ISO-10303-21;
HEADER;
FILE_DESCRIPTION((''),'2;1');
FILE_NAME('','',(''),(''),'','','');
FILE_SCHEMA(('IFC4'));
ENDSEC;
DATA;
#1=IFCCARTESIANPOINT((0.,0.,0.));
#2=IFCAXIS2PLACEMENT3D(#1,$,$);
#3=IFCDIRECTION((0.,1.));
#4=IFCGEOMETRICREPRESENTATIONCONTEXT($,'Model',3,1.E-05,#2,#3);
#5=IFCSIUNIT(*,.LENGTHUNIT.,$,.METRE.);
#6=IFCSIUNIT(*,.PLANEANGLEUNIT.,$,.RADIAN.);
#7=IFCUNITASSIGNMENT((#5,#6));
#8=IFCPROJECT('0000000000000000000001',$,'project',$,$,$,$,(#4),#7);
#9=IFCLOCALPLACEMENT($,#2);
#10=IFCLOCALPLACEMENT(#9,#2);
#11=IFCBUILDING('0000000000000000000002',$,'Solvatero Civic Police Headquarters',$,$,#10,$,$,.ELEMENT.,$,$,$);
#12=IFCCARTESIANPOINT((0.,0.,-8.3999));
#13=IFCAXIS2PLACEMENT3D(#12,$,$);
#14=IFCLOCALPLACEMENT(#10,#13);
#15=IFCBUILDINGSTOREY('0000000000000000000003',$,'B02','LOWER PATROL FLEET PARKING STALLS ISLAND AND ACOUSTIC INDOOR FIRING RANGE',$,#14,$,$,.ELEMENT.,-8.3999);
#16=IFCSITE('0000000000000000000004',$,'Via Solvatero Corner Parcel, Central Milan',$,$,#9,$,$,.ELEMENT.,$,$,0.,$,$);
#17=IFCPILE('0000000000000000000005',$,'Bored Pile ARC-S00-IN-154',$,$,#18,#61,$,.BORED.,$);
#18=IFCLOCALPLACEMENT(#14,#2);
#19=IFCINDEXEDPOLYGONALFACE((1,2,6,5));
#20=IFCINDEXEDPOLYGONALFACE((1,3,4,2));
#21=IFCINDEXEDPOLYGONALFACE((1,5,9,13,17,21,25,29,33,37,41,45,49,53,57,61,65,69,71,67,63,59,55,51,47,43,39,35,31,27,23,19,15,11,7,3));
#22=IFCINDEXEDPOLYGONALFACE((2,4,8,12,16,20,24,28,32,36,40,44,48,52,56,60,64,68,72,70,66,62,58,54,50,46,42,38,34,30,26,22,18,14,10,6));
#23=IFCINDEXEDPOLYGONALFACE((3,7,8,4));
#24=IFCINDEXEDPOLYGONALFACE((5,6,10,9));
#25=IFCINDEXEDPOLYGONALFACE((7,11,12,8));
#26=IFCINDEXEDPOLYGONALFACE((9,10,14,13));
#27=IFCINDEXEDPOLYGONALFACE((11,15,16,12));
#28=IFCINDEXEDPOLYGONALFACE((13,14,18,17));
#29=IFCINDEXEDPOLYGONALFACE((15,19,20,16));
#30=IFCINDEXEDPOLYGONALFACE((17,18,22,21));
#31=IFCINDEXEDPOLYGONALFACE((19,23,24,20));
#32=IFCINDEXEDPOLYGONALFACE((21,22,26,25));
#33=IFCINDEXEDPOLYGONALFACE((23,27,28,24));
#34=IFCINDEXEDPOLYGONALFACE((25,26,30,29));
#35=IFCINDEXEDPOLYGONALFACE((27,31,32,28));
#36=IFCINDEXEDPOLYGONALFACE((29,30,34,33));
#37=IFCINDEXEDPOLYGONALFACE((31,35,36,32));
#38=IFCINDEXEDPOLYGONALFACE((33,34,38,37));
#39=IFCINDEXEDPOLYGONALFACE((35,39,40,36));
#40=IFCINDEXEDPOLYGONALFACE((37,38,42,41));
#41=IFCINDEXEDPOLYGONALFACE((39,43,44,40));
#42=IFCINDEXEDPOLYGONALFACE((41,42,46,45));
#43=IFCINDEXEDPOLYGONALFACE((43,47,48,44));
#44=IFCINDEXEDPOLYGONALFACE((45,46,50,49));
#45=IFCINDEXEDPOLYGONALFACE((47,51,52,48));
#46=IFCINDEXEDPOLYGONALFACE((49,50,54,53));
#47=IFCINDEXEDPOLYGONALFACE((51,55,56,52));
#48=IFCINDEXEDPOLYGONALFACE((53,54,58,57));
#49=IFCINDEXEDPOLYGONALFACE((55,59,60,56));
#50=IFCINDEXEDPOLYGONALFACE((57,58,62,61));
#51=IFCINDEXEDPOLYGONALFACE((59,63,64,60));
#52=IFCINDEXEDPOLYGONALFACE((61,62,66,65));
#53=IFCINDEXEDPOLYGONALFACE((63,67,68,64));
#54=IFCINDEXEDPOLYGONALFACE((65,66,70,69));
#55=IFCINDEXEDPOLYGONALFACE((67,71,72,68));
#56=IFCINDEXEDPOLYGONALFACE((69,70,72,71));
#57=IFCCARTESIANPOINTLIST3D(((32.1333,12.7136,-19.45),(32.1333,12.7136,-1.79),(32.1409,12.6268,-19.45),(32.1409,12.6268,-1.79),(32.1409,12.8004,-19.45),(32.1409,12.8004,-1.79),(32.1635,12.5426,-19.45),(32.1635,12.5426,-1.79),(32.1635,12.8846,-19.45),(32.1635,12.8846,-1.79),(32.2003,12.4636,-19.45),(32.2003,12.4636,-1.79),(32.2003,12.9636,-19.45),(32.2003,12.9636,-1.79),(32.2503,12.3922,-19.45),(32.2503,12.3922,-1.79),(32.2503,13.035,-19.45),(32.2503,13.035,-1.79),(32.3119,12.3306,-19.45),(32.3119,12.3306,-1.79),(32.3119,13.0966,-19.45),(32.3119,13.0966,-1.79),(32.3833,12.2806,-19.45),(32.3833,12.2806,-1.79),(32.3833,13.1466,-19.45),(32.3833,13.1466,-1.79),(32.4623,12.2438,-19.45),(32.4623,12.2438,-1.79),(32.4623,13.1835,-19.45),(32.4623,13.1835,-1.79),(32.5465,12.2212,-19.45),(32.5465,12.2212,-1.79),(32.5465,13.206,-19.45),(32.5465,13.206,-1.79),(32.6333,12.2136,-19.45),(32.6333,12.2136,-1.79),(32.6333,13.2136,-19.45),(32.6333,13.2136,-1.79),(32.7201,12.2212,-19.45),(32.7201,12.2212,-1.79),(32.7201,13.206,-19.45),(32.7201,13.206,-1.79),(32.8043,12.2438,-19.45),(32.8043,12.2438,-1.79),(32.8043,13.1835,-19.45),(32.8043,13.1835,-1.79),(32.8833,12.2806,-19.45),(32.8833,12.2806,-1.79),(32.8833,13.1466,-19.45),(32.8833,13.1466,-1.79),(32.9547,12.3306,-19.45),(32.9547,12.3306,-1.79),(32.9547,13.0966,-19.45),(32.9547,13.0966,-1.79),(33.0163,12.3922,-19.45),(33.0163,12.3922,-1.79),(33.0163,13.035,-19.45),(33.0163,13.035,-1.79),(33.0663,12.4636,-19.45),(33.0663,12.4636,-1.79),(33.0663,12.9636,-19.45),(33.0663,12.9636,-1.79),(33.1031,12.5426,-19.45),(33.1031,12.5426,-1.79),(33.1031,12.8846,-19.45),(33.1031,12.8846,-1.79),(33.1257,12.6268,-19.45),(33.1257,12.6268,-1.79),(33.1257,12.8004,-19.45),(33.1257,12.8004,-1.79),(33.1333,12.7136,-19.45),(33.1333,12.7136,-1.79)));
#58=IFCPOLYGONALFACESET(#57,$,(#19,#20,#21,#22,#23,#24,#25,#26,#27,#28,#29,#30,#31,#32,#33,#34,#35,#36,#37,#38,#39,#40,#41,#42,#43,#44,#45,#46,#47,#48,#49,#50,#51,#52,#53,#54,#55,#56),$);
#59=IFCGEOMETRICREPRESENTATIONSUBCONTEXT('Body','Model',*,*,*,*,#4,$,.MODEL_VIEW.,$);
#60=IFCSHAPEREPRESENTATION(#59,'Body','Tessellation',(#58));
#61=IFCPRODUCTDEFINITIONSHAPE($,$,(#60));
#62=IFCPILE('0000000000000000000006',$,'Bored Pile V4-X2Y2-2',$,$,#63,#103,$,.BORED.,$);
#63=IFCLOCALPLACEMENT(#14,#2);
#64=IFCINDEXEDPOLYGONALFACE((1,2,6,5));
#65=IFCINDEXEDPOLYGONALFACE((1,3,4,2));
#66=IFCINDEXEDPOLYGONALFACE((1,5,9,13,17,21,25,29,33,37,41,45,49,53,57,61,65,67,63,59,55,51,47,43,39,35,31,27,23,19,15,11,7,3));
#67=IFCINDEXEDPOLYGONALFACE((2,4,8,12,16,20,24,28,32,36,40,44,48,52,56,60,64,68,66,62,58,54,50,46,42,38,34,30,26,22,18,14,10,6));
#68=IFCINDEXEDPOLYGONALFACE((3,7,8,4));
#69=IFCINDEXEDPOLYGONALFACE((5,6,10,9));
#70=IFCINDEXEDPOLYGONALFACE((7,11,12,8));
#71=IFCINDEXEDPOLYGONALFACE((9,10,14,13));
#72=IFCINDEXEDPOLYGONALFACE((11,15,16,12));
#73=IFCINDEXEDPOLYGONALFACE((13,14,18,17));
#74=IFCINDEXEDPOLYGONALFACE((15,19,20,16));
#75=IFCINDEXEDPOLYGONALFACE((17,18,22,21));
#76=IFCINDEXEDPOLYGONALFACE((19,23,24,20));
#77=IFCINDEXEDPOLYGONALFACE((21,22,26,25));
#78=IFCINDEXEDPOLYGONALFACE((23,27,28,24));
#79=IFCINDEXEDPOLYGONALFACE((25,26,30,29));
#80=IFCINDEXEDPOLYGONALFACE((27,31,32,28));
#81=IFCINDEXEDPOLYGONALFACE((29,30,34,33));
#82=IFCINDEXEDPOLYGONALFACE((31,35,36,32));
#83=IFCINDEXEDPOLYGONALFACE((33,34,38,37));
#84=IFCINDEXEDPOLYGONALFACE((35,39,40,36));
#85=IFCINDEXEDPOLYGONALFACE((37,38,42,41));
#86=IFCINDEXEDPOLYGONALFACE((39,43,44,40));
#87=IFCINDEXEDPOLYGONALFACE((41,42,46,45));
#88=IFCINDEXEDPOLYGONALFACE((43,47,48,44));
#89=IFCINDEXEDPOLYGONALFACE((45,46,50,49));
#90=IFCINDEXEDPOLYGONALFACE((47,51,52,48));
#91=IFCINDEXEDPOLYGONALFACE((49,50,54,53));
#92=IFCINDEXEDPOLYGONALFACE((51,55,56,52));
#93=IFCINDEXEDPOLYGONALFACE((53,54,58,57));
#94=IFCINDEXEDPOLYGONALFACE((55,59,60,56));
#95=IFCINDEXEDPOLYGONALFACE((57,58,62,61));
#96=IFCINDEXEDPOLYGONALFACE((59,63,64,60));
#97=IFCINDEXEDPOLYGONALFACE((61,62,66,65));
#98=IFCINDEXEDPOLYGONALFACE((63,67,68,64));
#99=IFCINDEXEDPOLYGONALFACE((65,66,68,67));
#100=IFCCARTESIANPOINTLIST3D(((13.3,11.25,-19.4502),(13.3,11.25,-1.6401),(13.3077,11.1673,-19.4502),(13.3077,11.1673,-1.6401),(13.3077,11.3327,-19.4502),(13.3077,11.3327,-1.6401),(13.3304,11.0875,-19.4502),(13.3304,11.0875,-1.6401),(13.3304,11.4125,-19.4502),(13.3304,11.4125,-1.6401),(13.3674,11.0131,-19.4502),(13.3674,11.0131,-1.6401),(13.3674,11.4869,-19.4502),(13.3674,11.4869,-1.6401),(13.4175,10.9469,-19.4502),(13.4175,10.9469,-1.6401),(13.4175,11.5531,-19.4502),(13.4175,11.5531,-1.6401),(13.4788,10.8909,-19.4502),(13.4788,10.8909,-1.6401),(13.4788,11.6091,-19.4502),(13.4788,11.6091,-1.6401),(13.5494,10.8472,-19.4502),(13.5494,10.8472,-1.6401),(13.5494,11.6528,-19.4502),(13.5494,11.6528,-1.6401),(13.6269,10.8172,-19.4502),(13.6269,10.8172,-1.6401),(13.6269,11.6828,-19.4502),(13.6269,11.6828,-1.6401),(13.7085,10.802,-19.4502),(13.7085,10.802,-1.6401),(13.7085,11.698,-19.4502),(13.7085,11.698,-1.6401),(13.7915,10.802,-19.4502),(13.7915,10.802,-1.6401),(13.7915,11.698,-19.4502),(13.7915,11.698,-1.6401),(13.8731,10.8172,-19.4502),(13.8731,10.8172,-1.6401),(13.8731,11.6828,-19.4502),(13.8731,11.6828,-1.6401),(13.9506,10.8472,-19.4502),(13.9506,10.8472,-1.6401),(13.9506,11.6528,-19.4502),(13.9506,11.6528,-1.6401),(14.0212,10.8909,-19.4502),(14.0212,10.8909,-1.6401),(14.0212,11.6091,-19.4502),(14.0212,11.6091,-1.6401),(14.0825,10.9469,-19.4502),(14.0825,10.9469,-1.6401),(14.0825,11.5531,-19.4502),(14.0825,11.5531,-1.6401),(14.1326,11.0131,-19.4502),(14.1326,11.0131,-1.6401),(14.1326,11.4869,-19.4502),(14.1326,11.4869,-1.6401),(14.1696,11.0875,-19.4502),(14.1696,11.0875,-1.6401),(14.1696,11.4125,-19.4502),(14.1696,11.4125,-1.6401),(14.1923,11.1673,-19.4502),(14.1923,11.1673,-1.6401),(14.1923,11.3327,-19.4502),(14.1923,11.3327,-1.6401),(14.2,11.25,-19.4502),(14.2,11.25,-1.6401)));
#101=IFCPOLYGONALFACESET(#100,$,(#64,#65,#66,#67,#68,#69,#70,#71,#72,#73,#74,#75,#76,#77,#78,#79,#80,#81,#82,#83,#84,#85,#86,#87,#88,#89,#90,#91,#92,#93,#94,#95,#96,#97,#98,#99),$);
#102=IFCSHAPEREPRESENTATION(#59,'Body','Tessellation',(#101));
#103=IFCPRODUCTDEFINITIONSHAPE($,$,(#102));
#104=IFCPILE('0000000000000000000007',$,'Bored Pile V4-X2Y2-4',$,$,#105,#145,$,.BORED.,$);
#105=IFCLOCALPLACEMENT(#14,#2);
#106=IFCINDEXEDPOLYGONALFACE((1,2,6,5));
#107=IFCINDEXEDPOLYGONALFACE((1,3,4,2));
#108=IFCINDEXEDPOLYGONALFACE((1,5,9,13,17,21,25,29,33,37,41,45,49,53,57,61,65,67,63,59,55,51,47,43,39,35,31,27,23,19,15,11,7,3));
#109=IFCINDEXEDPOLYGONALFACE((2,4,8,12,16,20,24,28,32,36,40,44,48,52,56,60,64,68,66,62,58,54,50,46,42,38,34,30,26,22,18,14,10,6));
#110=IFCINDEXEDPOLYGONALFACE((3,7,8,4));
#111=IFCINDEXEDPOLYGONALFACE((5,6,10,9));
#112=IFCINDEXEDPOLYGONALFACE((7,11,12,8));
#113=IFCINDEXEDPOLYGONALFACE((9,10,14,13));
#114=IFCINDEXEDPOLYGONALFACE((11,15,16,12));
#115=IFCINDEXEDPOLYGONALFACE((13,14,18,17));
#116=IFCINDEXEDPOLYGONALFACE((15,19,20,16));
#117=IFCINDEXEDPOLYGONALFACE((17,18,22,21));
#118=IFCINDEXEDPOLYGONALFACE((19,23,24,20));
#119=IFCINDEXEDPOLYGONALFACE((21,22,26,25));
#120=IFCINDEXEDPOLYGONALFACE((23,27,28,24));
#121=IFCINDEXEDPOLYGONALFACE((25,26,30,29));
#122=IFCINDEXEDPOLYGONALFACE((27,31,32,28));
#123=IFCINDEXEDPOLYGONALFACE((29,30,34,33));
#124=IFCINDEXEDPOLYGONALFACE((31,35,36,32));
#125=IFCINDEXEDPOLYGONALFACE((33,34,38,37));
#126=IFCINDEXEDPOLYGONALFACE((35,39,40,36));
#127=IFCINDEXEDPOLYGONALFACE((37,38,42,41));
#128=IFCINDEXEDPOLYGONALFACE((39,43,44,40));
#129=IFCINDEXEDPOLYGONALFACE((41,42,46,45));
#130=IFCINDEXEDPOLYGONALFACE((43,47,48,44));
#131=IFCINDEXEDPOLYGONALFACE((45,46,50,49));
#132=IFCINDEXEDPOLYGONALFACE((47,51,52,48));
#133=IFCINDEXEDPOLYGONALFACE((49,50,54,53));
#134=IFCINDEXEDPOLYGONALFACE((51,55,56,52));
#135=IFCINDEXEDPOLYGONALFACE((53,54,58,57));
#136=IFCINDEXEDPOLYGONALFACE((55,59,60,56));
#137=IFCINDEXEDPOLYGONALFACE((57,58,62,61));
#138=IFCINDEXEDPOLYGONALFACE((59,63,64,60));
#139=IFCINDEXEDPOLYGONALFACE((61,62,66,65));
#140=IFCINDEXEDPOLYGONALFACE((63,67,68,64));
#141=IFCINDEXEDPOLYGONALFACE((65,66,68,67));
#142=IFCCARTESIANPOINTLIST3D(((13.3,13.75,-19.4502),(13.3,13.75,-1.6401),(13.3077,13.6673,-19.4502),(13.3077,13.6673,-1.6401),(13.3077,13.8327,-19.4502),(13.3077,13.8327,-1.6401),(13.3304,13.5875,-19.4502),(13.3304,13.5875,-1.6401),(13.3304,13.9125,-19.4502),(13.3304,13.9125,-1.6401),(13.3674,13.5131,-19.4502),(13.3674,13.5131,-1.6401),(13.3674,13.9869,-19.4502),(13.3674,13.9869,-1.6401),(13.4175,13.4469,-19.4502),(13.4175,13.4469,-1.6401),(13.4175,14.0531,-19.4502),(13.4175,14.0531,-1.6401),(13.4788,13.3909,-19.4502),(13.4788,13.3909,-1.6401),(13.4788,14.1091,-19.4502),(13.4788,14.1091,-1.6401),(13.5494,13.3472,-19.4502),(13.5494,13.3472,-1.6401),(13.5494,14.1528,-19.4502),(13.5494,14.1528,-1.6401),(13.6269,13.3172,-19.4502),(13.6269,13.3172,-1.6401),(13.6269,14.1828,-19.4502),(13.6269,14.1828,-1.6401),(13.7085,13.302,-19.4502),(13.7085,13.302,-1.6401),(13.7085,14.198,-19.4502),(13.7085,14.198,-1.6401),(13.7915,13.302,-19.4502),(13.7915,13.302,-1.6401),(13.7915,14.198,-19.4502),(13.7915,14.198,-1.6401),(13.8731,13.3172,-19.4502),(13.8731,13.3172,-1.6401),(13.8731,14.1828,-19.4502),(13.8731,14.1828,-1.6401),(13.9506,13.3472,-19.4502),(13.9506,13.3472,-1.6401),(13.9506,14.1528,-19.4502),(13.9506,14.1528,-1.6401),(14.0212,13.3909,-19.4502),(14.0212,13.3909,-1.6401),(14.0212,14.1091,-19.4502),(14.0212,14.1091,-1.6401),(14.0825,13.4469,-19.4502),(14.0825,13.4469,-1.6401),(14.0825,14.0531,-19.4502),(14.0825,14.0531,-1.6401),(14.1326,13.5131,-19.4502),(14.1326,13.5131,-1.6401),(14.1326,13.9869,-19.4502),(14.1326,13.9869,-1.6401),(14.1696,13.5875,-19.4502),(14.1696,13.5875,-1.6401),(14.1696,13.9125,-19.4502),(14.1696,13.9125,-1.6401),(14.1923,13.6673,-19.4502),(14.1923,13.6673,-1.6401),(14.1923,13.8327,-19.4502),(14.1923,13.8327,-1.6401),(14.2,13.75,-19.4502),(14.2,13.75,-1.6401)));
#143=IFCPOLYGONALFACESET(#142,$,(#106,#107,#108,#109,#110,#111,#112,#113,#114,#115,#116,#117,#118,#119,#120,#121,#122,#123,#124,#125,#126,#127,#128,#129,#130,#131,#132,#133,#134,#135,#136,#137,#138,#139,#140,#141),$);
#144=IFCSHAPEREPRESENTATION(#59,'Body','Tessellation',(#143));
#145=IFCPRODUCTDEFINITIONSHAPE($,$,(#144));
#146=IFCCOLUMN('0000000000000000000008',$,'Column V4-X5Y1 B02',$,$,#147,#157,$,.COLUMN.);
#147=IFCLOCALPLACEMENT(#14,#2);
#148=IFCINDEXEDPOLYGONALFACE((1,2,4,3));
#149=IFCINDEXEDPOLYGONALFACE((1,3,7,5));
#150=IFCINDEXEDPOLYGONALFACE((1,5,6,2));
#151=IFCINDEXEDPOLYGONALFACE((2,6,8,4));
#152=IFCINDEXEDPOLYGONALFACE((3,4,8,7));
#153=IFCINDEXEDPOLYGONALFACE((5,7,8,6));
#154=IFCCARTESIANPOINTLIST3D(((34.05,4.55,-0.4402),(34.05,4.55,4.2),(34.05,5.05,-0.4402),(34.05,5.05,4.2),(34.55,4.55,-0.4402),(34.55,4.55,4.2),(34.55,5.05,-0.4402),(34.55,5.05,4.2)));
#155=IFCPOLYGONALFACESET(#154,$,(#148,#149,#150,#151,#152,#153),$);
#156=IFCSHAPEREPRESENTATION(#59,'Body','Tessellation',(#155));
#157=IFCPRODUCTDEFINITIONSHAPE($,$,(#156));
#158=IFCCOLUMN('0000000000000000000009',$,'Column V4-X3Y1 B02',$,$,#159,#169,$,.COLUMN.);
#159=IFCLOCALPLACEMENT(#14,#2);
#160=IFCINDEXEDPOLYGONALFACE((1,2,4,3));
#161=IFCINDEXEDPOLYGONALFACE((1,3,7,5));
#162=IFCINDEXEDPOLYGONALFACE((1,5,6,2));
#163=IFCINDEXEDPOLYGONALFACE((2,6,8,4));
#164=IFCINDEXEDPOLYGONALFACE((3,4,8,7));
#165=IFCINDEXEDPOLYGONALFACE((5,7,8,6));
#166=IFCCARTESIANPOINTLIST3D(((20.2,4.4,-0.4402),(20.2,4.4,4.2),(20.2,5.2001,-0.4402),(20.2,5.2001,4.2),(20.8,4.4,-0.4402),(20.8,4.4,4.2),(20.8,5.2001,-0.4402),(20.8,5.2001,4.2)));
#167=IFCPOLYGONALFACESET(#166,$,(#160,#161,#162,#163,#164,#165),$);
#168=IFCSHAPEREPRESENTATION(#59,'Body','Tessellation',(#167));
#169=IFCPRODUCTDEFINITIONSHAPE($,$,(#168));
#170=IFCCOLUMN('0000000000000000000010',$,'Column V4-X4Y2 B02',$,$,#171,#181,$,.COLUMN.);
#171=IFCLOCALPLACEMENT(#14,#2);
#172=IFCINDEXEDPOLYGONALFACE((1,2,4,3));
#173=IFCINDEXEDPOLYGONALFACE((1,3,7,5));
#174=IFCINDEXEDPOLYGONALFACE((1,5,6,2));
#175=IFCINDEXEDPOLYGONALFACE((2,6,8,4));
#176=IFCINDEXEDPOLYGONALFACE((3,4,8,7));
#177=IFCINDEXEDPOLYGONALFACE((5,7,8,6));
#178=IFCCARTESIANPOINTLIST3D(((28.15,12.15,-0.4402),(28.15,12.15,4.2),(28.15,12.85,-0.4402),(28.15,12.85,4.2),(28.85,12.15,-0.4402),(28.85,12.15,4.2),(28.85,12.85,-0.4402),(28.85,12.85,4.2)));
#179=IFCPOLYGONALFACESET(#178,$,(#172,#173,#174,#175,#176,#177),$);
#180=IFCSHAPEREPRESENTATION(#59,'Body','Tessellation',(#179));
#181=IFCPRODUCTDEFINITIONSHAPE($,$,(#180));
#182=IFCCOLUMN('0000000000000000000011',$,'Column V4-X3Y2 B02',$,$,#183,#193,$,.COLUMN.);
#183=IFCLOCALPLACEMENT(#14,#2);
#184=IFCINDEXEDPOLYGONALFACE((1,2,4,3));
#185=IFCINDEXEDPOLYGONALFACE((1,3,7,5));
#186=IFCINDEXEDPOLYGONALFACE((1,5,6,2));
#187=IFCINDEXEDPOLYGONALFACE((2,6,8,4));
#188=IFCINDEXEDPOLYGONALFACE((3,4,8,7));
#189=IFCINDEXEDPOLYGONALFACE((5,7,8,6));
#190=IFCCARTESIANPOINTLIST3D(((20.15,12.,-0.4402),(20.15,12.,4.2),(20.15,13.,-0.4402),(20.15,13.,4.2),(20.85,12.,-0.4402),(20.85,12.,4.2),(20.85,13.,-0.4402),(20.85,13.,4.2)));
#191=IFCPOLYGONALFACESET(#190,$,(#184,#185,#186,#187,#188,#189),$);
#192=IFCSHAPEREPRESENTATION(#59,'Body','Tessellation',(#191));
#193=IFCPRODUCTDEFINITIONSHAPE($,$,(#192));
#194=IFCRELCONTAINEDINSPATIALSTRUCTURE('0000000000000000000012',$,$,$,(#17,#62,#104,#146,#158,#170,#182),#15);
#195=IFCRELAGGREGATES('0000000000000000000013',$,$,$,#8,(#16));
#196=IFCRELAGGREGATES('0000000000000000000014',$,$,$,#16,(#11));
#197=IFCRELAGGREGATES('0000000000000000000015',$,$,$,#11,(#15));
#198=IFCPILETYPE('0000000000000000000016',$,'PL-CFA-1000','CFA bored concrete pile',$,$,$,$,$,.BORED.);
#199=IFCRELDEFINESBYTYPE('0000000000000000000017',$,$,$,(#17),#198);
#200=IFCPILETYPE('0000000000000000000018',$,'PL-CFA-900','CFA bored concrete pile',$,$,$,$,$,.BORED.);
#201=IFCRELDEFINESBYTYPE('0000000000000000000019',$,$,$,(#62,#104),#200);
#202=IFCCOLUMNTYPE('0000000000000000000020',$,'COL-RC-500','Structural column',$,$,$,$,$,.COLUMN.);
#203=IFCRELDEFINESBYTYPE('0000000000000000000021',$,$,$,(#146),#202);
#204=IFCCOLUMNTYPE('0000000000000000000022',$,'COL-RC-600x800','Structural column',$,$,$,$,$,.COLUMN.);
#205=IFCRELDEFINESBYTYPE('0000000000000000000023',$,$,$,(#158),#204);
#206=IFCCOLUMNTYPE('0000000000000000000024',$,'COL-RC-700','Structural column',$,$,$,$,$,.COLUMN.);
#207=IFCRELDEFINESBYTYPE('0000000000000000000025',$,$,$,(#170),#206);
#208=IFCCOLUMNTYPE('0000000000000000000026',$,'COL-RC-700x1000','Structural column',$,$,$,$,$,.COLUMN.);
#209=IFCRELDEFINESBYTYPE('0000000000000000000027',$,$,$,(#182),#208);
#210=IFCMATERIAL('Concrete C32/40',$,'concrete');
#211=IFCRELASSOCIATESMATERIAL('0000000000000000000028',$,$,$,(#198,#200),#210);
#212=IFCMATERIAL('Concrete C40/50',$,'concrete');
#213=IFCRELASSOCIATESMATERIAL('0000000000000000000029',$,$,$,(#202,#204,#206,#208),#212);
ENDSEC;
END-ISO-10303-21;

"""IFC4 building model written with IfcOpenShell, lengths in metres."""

from ifc_helpers import new_model, si_unit, direction, frame, origin, origin_2d, place, context, subcontext, project, spatial, rectangle, circle, extrude, material, material_profile, profile_set, type_object, element, save


model = new_model("IFC4")

# Units and contexts
model_context = context("Model", 3, precision=1e-05, world=origin(), true_north=direction((0.0, 1.0)))
body_context = subcontext(model_context, "Body", "Model", "MODEL_VIEW")
ifc_project = project(units=[si_unit("LENGTHUNIT", "METRE"), si_unit("PLANEANGLEUNIT", "RADIAN")], contexts=[model_context])

# Site, building, storey
site_placement = place(None, origin())
site = spatial("IfcSite", under=ifc_project, at=site_placement, Name="Via Solvatero Corner Parcel, Central Milan", CompositionType="ELEMENT", RefElevation=0.0)
building_placement = place(site_placement, origin())
building = spatial("IfcBuilding", under=site, at=building_placement, Name="Solvatero Civic Police Headquarters", CompositionType="ELEMENT")
storey_placement = place(building_placement, frame((0.0, 0.0, -8.3999)))
storey = spatial("IfcBuildingStorey", under=building, at=storey_placement, Name="B02", Description="LOWER PATROL FLEET PARKING STALLS ISLAND AND ACOUSTIC INDOOR FIRING RANGE", CompositionType="ELEMENT", Elevation=-8.3999)

# Piles
ifc_material_1 = material(Name="Concrete C32/40", Category="concrete")
ifc_material_profile_1 = material_profile(ifc_material_1, circle(Radius=0.5, at=origin_2d()), Name="CFA PILE D1000")
ifc_profile_set_1 = profile_set([ifc_material_profile_1], Name="Concrete C32/40")
pile_type_1 = type_object("IfcPileType", Name="PL-CFA-1000", Description="CFA bored concrete pile", PredefinedType="BORED", material=ifc_profile_set_1)
for number, where, z_axis, x_axis, name in (
    (1, (32.6333, 12.7136, -1.79), (0.0, 0.0, -1.0), (1.0, 0.0, 0.0), "Bored Pile ARC-S00-IN-154"),
):
    element("IfcPile", number, at=place(storey_placement, frame(where, z_axis=z_axis, x_axis=x_axis)), inside=storey, type_object=pile_type_1, Name=name, PredefinedType="BORED", context=body_context, shape_type="SweptSolid", body=[
        extrude(circle(Radius=0.5, at=origin_2d()), origin(), (0.0, 0.0, 1.0), 17.6599),
    ])
ifc_material_profile_2 = material_profile(ifc_material_1, circle(Radius=0.45, at=origin_2d()), Name="CFA PILE D900")
ifc_profile_set_2 = profile_set([ifc_material_profile_2], Name="Concrete C32/40")
pile_type_2 = type_object("IfcPileType", Name="PL-CFA-900", Description="CFA bored concrete pile", PredefinedType="BORED", material=ifc_profile_set_2)
for number, where, z_axis, x_axis, name in (
    (2, (13.75, 11.25, -1.6401), (0.0, 0.0, -1.0), (1.0, 0.0, 0.0), "Bored Pile V4-X2Y2-2"),
    (3, (13.75, 13.75, -1.6401), (0.0, 0.0, -1.0), (1.0, 0.0, 0.0), "Bored Pile V4-X2Y2-4"),
):
    element("IfcPile", number, at=place(storey_placement, frame(where, z_axis=z_axis, x_axis=x_axis)), inside=storey, type_object=pile_type_2, Name=name, PredefinedType="BORED", context=body_context, shape_type="SweptSolid", body=[
        extrude(circle(Radius=0.45, at=origin_2d()), origin(), (0.0, 0.0, 1.0), 17.8101),
    ])

# Columns
ifc_material_2 = material(Name="Concrete C40/50", Category="concrete")
ifc_material_profile_3 = material_profile(ifc_material_2, rectangle(XDim=0.5, YDim=0.5, at=origin_2d()), Name="RC 500x500")
ifc_profile_set_3 = profile_set([ifc_material_profile_3], Name="Concrete C40/50")
column_type_1 = type_object("IfcColumnType", Name="COL-RC-500", Description="Structural column", PredefinedType="COLUMN", material=ifc_profile_set_3)
column_1_placement = place(storey_placement, frame((34.3, 4.8, -0.4402), z_axis=(0.0, 0.0, 1.0), x_axis=(1.0, 0.0, 0.0)))
element("IfcColumn", 4, at=column_1_placement, inside=storey, type_object=column_type_1, Name="Column V4-X5Y1 B02", PredefinedType="COLUMN", context=body_context, shape_type="SweptSolid", body=[
    extrude(rectangle(XDim=0.5, YDim=0.5, at=origin_2d()), origin(), (0.0, 0.0, 1.0), 4.6401),
])
ifc_material_profile_4 = material_profile(ifc_material_2, rectangle(XDim=0.6001, YDim=0.8, at=origin_2d()), Name="RC 600x800")
ifc_profile_set_4 = profile_set([ifc_material_profile_4], Name="Concrete C40/50")
column_type_2 = type_object("IfcColumnType", Name="COL-RC-600x800", Description="Structural column", PredefinedType="COLUMN", material=ifc_profile_set_4)
column_2_placement = place(storey_placement, frame((20.5, 4.8, -0.4402), z_axis=(0.0, 0.0, 1.0), x_axis=(1.0, 0.0, 0.0)))
element("IfcColumn", 5, at=column_2_placement, inside=storey, type_object=column_type_2, Name="Column V4-X3Y1 B02", PredefinedType="COLUMN", context=body_context, shape_type="SweptSolid", body=[
    extrude(rectangle(XDim=0.6001, YDim=0.8, at=origin_2d()), origin(), (0.0, 0.0, 1.0), 4.6401),
])
ifc_material_profile_5 = material_profile(ifc_material_2, rectangle(XDim=0.7, YDim=0.7, at=origin_2d()), Name="RC 700x700")
ifc_profile_set_5 = profile_set([ifc_material_profile_5], Name="Concrete C40/50")
column_type_3 = type_object("IfcColumnType", Name="COL-RC-700", Description="Structural column", PredefinedType="COLUMN", material=ifc_profile_set_5)
column_3_placement = place(storey_placement, frame((28.5, 12.5, -0.4402), z_axis=(0.0, 0.0, 1.0), x_axis=(1.0, 0.0, 0.0)))
element("IfcColumn", 6, at=column_3_placement, inside=storey, type_object=column_type_3, Name="Column V4-X4Y2 B02", PredefinedType="COLUMN", context=body_context, shape_type="SweptSolid", body=[
    extrude(rectangle(XDim=0.7, YDim=0.7, at=origin_2d()), origin(), (0.0, 0.0, 1.0), 4.6401),
])
ifc_material_profile_6 = material_profile(ifc_material_2, rectangle(XDim=0.7, YDim=1.0, at=origin_2d()), Name="RC 700x1000")
ifc_profile_set_6 = profile_set([ifc_material_profile_6], Name="Concrete C40/50")
column_type_4 = type_object("IfcColumnType", Name="COL-RC-700x1000", Description="Structural column", PredefinedType="COLUMN", material=ifc_profile_set_6)
column_4_placement = place(storey_placement, frame((20.5, 12.5, -0.4402), z_axis=(0.0, 0.0, 1.0), x_axis=(1.0, 0.0, 0.0)))
element("IfcColumn", 7, at=column_4_placement, inside=storey, type_object=column_type_4, Name="Column V4-X3Y2 B02", PredefinedType="COLUMN", context=body_context, shape_type="SweptSolid", body=[
    extrude(rectangle(XDim=0.7, YDim=1.0, at=origin_2d()), origin(), (0.0, 0.0, 1.0), 4.6401),
])

save(model, "model.ifc")
